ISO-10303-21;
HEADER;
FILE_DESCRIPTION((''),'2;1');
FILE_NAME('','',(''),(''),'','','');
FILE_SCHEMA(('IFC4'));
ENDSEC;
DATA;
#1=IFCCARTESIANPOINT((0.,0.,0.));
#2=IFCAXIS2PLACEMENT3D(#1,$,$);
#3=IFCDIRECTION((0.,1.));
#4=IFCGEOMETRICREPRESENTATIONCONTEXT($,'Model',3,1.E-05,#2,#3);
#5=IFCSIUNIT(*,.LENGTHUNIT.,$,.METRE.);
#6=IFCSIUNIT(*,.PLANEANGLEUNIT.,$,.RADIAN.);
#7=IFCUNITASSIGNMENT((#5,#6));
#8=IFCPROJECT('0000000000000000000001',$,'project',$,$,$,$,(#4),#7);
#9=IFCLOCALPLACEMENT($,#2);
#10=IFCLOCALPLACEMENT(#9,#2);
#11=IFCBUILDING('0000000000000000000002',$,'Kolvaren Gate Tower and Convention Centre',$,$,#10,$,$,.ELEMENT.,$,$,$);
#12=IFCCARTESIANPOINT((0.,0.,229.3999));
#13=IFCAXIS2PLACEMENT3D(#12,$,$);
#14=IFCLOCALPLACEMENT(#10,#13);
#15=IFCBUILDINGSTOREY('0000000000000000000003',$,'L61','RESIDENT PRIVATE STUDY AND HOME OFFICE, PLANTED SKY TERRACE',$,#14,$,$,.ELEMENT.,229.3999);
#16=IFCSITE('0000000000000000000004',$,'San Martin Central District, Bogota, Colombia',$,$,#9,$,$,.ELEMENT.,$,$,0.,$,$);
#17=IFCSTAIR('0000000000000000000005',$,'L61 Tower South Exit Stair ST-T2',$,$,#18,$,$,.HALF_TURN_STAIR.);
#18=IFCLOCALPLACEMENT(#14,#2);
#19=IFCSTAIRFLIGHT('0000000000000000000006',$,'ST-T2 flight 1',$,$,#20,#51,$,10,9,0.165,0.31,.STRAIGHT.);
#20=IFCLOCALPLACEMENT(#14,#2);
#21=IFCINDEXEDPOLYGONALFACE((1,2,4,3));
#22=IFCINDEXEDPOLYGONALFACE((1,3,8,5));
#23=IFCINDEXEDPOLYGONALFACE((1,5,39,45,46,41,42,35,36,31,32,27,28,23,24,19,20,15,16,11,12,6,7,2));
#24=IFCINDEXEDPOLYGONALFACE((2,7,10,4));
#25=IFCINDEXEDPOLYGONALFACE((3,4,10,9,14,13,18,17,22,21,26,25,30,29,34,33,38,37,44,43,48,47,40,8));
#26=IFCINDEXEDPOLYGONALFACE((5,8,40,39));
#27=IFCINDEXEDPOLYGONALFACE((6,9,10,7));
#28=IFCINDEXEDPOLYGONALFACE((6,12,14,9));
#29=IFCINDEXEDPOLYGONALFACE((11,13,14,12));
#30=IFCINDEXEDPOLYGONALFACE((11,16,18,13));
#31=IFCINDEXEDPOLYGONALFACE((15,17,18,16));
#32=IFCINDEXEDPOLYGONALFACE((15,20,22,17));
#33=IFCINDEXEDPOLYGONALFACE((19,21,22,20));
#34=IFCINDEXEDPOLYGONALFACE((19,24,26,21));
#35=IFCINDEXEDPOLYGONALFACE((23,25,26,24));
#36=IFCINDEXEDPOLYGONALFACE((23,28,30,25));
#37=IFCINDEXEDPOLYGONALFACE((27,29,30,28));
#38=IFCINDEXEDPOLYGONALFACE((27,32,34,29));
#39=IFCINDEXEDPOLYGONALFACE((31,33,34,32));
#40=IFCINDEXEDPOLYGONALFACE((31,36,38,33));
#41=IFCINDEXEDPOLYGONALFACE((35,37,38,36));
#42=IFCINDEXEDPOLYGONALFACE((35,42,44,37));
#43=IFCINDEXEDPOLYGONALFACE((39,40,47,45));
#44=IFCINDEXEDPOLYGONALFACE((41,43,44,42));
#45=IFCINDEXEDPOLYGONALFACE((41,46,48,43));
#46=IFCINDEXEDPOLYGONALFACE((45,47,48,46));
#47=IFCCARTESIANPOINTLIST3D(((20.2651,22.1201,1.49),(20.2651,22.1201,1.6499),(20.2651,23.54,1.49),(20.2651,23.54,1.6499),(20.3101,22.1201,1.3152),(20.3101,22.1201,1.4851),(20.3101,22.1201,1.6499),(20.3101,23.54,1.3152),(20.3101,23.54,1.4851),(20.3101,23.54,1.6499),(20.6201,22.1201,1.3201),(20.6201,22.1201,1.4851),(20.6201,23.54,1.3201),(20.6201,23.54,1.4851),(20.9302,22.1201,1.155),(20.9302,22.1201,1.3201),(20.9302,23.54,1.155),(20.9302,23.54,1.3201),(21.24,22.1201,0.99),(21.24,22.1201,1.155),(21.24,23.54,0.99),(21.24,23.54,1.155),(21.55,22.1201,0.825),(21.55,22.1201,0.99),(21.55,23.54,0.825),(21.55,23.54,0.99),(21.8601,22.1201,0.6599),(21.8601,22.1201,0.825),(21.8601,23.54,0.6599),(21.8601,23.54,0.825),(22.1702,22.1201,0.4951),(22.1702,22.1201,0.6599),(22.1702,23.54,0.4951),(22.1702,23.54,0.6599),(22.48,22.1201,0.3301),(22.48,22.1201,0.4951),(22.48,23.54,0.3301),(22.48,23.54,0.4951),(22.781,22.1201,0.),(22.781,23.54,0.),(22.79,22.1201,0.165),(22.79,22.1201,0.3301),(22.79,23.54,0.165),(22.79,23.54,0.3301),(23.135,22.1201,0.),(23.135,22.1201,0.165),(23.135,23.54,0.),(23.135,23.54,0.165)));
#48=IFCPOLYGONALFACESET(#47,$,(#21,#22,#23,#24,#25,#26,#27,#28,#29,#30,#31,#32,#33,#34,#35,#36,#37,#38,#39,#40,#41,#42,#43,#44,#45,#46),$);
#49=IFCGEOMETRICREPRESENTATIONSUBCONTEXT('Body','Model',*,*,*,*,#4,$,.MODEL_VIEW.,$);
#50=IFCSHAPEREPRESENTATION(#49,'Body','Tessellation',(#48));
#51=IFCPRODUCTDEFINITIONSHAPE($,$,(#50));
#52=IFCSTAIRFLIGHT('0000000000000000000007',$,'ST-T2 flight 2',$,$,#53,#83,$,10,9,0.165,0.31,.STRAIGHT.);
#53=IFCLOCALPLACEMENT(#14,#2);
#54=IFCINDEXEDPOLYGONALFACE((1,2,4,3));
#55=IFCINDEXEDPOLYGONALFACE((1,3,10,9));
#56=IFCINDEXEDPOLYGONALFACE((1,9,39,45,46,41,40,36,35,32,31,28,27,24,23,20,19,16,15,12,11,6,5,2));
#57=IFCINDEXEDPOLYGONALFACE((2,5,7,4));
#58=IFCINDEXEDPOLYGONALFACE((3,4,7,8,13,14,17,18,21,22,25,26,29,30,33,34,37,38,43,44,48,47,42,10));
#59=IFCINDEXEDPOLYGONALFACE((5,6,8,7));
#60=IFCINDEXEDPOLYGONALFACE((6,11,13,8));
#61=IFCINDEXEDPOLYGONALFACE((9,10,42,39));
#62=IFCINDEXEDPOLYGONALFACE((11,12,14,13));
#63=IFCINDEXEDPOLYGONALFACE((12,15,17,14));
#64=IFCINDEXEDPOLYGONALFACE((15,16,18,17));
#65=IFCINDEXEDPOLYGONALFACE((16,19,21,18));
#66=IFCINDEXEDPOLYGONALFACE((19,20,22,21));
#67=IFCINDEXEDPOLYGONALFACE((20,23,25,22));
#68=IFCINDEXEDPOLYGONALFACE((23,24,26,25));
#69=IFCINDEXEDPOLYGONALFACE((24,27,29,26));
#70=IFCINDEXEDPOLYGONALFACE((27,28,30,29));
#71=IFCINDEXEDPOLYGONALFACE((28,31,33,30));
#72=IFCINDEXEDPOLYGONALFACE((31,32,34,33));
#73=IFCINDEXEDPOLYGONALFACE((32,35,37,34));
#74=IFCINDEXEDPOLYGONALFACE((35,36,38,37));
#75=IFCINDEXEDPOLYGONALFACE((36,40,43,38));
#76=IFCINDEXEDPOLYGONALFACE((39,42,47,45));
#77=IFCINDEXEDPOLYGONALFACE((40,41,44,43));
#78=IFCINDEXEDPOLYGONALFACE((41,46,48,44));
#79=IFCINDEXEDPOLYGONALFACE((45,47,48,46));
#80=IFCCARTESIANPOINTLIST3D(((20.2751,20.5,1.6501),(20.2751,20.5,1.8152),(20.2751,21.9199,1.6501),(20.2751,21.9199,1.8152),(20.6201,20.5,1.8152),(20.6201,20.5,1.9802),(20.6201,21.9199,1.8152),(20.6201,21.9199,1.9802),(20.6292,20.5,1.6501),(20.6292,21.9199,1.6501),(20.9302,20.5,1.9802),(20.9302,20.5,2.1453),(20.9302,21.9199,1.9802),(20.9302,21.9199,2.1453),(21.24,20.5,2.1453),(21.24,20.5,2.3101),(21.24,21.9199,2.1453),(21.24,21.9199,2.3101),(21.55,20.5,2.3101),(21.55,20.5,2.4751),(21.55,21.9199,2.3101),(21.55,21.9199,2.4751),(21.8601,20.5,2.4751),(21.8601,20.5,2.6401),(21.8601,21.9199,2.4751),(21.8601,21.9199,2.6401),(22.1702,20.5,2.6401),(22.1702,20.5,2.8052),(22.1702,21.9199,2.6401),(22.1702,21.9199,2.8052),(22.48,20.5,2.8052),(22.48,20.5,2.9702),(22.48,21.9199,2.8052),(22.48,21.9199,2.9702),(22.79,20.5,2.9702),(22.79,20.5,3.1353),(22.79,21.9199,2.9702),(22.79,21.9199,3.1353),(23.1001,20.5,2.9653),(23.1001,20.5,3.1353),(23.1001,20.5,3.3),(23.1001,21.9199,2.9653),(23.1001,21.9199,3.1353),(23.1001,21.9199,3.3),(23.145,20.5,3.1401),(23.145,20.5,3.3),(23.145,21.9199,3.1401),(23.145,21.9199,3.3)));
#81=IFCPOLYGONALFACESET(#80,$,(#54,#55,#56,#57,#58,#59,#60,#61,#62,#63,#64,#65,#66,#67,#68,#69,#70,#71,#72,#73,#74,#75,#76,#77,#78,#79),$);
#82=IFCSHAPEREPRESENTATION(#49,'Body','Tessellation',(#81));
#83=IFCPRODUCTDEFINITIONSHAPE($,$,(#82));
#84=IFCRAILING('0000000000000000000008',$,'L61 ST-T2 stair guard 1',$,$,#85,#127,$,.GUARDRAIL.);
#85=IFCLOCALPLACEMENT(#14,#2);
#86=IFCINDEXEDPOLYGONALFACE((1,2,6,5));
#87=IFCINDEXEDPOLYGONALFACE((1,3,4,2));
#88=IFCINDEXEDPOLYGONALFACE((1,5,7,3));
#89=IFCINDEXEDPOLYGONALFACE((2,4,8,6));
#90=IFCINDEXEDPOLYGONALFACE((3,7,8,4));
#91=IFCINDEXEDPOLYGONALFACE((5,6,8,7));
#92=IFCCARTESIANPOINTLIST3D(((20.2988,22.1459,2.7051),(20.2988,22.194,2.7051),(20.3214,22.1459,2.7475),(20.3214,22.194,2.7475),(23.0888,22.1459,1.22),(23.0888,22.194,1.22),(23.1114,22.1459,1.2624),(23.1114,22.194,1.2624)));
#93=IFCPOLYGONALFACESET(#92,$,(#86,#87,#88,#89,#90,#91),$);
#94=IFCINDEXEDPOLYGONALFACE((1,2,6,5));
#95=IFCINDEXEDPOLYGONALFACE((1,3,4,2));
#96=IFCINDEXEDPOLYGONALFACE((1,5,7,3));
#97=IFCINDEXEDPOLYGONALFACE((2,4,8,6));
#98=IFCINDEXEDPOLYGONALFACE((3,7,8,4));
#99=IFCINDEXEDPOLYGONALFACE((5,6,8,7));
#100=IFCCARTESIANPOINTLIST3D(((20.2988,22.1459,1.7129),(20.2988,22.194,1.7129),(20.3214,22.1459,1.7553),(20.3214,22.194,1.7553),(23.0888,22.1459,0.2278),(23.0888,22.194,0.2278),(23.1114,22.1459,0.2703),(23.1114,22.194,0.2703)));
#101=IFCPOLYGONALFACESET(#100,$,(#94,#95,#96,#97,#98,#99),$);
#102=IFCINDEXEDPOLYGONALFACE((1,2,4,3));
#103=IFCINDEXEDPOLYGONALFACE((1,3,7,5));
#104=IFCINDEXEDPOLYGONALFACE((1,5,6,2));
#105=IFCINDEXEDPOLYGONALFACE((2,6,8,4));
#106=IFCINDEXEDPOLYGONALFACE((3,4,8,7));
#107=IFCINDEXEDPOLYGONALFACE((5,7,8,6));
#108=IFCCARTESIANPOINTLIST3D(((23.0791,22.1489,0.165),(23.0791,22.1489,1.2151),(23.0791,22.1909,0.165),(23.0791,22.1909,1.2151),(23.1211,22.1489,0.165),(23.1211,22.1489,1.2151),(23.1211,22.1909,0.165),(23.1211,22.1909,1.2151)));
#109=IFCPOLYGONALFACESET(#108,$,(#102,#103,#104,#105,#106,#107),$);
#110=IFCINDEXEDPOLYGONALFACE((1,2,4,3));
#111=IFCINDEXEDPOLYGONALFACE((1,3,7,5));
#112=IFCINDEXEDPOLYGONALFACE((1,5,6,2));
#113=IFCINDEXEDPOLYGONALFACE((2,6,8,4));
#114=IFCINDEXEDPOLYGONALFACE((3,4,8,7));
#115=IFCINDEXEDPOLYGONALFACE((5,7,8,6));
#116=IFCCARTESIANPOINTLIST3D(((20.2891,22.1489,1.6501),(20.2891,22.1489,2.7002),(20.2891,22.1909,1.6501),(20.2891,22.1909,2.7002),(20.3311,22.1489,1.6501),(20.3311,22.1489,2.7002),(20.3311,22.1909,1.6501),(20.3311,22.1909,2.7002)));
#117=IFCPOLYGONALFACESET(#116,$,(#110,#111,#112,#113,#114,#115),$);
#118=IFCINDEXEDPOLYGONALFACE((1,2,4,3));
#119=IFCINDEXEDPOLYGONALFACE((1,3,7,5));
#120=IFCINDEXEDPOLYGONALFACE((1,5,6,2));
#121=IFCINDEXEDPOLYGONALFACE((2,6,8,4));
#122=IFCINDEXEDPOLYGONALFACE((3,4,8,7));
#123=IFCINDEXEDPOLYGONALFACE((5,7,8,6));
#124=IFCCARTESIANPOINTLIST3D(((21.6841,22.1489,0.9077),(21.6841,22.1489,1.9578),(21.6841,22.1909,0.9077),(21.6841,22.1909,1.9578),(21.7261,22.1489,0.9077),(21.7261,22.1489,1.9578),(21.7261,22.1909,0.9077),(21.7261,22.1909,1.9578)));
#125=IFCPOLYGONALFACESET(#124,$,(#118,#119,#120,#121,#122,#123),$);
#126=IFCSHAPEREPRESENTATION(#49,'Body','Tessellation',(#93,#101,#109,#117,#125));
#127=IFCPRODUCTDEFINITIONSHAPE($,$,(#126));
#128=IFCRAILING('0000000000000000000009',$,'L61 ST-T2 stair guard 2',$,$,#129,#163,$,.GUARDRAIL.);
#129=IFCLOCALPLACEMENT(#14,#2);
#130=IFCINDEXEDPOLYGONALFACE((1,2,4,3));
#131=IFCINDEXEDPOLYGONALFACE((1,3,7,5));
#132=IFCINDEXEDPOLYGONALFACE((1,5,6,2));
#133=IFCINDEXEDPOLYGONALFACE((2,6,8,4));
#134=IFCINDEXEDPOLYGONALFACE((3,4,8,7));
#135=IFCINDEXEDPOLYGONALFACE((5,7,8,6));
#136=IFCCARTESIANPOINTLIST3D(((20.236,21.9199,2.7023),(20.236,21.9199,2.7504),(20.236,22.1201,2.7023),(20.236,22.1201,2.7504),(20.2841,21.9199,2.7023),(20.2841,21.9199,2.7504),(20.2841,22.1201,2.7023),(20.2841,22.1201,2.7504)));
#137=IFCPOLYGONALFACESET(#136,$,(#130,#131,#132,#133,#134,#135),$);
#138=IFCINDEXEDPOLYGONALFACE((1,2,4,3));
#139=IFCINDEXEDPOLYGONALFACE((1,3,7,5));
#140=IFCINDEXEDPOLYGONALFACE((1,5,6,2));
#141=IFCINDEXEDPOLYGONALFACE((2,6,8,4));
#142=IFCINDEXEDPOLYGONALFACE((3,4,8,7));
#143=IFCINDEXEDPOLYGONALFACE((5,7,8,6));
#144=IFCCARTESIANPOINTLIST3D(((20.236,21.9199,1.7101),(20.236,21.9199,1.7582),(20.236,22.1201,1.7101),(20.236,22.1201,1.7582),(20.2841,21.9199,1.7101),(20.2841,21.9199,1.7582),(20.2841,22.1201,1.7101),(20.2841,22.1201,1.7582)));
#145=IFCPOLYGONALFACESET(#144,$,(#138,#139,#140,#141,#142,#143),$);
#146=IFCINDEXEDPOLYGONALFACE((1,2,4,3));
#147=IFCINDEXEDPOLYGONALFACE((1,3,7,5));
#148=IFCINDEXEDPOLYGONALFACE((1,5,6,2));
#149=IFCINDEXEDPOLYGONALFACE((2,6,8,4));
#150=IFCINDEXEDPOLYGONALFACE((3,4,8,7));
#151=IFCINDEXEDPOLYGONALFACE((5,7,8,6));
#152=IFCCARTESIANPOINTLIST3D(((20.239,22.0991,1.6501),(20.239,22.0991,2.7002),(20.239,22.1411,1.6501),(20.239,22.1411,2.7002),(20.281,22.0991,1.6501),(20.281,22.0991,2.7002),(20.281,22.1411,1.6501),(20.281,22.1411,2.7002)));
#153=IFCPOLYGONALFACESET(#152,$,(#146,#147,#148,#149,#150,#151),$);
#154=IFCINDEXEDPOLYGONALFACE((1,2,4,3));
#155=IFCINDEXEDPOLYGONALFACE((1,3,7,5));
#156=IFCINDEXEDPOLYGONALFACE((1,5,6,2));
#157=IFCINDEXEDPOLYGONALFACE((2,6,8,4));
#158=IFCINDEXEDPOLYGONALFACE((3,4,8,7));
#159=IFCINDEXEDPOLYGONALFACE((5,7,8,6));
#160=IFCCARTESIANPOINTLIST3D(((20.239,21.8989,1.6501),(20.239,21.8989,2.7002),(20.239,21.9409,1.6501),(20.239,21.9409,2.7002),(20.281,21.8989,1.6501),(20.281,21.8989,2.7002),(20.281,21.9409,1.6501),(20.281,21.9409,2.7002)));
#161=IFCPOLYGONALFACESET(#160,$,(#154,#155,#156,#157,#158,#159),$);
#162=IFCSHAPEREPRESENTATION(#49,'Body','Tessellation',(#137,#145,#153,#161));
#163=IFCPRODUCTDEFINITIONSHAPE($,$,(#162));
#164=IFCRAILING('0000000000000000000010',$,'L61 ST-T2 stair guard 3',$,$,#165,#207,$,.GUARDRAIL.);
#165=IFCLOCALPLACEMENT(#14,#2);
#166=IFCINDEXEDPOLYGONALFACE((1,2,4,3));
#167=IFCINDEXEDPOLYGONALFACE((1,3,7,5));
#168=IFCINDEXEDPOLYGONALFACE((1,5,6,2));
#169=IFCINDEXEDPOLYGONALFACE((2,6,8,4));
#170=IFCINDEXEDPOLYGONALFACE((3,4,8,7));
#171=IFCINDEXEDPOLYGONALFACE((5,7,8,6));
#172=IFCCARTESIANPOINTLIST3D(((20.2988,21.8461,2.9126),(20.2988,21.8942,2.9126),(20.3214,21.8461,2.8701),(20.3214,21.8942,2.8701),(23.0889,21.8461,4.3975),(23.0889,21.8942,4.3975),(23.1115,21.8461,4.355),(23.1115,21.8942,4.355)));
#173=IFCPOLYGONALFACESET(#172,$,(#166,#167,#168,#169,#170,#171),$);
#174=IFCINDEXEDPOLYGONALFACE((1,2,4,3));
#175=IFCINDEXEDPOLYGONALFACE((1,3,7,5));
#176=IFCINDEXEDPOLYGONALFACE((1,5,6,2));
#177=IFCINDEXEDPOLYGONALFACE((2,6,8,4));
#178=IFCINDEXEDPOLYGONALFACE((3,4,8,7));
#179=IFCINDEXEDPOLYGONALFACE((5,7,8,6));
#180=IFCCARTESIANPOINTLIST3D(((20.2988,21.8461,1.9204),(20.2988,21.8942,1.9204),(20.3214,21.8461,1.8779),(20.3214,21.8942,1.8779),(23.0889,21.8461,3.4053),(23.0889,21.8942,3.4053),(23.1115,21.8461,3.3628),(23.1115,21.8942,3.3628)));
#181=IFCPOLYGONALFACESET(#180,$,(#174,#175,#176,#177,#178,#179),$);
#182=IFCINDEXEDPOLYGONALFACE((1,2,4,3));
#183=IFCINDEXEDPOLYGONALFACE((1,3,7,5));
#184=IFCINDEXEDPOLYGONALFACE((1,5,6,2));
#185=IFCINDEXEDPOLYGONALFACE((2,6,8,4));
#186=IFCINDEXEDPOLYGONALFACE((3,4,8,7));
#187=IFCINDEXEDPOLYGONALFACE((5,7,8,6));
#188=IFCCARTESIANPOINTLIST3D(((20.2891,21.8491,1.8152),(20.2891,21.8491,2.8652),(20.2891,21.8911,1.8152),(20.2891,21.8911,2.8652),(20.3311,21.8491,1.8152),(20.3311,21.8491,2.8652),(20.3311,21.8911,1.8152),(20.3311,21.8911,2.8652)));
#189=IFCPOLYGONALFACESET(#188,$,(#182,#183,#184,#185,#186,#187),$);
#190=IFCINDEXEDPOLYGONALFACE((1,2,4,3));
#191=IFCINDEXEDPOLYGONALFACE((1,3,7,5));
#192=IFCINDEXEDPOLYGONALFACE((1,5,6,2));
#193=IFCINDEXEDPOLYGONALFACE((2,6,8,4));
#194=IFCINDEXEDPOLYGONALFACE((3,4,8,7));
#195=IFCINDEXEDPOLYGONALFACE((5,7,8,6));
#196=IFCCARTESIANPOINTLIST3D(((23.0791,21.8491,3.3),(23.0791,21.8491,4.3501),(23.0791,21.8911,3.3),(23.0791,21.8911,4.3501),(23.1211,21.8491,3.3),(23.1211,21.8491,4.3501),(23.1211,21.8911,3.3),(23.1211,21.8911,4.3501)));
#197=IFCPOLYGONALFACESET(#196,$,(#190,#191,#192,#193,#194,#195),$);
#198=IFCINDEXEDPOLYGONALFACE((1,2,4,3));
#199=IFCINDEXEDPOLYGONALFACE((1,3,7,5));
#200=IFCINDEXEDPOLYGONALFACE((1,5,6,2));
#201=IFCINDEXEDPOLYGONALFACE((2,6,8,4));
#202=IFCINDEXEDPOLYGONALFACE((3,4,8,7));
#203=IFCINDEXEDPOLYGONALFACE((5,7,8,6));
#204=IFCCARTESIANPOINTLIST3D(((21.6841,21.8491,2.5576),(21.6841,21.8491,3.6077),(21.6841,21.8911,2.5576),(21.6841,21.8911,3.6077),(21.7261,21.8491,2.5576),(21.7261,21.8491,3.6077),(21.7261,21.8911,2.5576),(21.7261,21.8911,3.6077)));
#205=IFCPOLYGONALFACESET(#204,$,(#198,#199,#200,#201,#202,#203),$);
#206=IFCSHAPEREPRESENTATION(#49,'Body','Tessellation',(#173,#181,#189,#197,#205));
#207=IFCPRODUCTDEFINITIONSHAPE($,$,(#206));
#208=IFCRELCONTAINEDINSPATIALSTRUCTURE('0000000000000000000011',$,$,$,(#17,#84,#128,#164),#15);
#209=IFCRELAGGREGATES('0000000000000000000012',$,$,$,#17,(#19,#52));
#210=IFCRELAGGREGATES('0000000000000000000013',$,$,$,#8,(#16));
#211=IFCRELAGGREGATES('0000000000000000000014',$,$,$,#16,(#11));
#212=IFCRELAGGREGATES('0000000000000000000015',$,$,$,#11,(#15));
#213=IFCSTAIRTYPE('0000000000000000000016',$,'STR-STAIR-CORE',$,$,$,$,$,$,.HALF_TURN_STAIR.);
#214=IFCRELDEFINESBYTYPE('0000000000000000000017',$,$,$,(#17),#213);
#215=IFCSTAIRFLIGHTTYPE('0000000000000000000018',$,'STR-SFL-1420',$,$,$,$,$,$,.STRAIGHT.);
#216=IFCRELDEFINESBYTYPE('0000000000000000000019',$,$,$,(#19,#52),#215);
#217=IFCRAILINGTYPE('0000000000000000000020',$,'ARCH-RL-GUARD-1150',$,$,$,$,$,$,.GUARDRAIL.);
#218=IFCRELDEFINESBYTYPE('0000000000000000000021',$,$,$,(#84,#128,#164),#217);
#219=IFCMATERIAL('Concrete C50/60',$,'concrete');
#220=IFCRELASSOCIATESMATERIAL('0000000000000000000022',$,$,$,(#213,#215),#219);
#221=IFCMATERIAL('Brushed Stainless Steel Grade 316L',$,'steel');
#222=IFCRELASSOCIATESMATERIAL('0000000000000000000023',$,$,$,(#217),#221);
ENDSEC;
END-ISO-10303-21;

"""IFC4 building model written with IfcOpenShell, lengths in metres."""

from ifc_helpers import new_model, si_unit, direction, frame, origin, origin_2d, place, context, subcontext, project, spatial, polyline, rectangle, outline, extrude, material, type_object, element, aggregate, save


model = new_model("IFC4")

# Units and contexts
model_context = context("Model", 3, precision=1e-05, world=origin(), true_north=direction((0.0, 1.0)))
body_context = subcontext(model_context, "Body", "Model", "MODEL_VIEW")
ifc_project = project(units=[si_unit("LENGTHUNIT", "METRE"), si_unit("PLANEANGLEUNIT", "RADIAN")], contexts=[model_context])

# Site, building, storey
site_placement = place(None, origin())
site = spatial("IfcSite", under=ifc_project, at=site_placement, Name="San Martin Central District, Bogota, Colombia", CompositionType="ELEMENT", RefElevation=0.0)
building_placement = place(site_placement, origin())
building = spatial("IfcBuilding", under=site, at=building_placement, Name="Kolvaren Gate Tower and Convention Centre", CompositionType="ELEMENT")
storey_placement = place(building_placement, frame((0.0, 0.0, 229.3999)))
storey = spatial("IfcBuildingStorey", under=building, at=storey_placement, Name="L61", Description="RESIDENT PRIVATE STUDY AND HOME OFFICE, PLANTED SKY TERRACE", CompositionType="ELEMENT", Elevation=229.3999)

# Shared definitions
ifc_material_1 = material(Name="Concrete C50/60", Category="concrete")

# Stair, stair flights
stair_type = type_object("IfcStairType", Name="STR-STAIR-CORE", PredefinedType="HALF_TURN_STAIR", material=ifc_material_1)
stair_placement = place(storey_placement, origin())
stair = element("IfcStair", 1, at=stair_placement, inside=storey, type_object=stair_type, Name="L61 Tower South Exit Stair ST-T2", PredefinedType="HALF_TURN_STAIR")
stair_flight_type = type_object("IfcStairFlightType", Name="STR-SFL-1420", PredefinedType="STRAIGHT", material=ifc_material_1)
stair_flight_1_placement = place(storey_placement, frame((23.1001, 22.8301, 0.0), z_axis=(0.0, 0.0, 1.0), x_axis=(-1.0, 0.0, 0.0)))
stair_flight_1 = element("IfcStairFlight", 2, at=stair_flight_1_placement, type_object=stair_flight_type, Name="ST-T2 flight 1", NumberOfRisers=10, NumberOfTreads=9, PredefinedType="STRAIGHT", RiserHeight=0.165, TreadLength=0.31, context=body_context, shape_type="SweptSolid", body=[
    extrude(outline(polyline([(-0.0349, 0.0), (-0.0349, 0.165), (0.3101, 0.165), (0.3101, 0.3301), (0.6201, 0.3301), (0.6201, 0.4951), (0.9299, 0.4951), (0.9299, 0.6599), (1.24, 0.6599), (1.24, 0.825), (1.55, 0.825), (1.55, 0.99), (1.8601, 0.99), (1.8601, 1.155), (2.1699, 1.155), (2.1699, 1.3201), (2.48, 1.3201), (2.48, 1.4851), (2.79, 1.4851), (2.79, 1.6499), (2.835, 1.6499), (2.835, 1.49), (2.79, 1.3152), (0.3191, 0.0), (-0.0349, 0.0)])), frame((0.0, 0.71, 0.0), z_axis=(0.0, -1.0, 0.0), x_axis=(1.0, 0.0, 0.0)), (0.0, 0.0, 1.0), 1.4199),
])
stair_flight_2_placement = place(storey_placement, frame((20.3101, 21.21, 1.6501), z_axis=(0.0, 0.0, 1.0), x_axis=(1.0, 0.0, 0.0)))
stair_flight_2 = element("IfcStairFlight", 3, at=stair_flight_2_placement, type_object=stair_flight_type, Name="ST-T2 flight 2", NumberOfRisers=10, NumberOfTreads=9, PredefinedType="STRAIGHT", RiserHeight=0.165, TreadLength=0.31, context=body_context, shape_type="SweptSolid", body=[
    extrude(outline(polyline([(-0.0349, 0.0), (-0.0349, 0.165), (0.3101, 0.165), (0.3101, 0.3301), (0.6201, 0.3301), (0.6201, 0.4951), (0.9299, 0.4951), (0.9299, 0.6599), (1.24, 0.6599), (1.24, 0.825), (1.55, 0.825), (1.55, 0.99), (1.8601, 0.99), (1.8601, 1.155), (2.1699, 1.155), (2.1699, 1.3201), (2.48, 1.3201), (2.48, 1.4851), (2.79, 1.4851), (2.79, 1.6499), (2.835, 1.6499), (2.835, 1.49), (2.79, 1.3152), (0.3191, 0.0), (-0.0349, 0.0)])), frame((0.0, 0.71, 0.0), z_axis=(0.0, -1.0, 0.0), x_axis=(1.0, 0.0, 0.0)), (0.0, 0.0, 1.0), 1.4199),
])
aggregate(stair, [stair_flight_1, stair_flight_2])

# Railings
ifc_material_2 = material(Name="Brushed Stainless Steel Grade 316L", Category="steel")
railing_type_1 = type_object("IfcRailingType", Name="ARCH-RL-GUARD-1150", PredefinedType="GUARDRAIL", material=ifc_material_2)
railing_1_placement = place(storey_placement, frame((23.1001, 22.1699, 0.165)))
element("IfcRailing", 4, at=railing_1_placement, inside=storey, type_object=railing_type_1, Name="L61 ST-T2 stair guard 1", PredefinedType="GUARDRAIL", context=body_context, shape_type="SweptSolid", body=[
    extrude(rectangle(XDim=0.0481, YDim=0.0481, at=origin_2d()), frame((0.0, 0.0, 1.0762), z_axis=(-0.882735, 0.0, 0.46987), x_axis=(0.0, -1.0, 0.0)), (0.0, 0.0, 1.0), 3.1606),
    extrude(rectangle(XDim=0.0481, YDim=0.0481, at=origin_2d()), frame((0.0, 0.0, 0.084), z_axis=(-0.882735, 0.0, 0.46987), x_axis=(0.0, -1.0, 0.0)), (0.0, 0.0, 1.0), 3.1606),
    extrude(rectangle(XDim=0.042, YDim=0.042, at=origin_2d()), origin(), (0.0, 0.0, 1.0), 1.05),
    extrude(rectangle(XDim=0.042, YDim=0.042, at=origin_2d()), frame((-2.79, 0.0, 1.4851)), (0.0, 0.0, 1.0), 1.05),
    extrude(rectangle(XDim=0.042, YDim=0.042, at=origin_2d()), frame((-1.395, 0.0, 0.7427)), (0.0, 0.0, 1.0), 1.05),
])
railing_2_placement = place(storey_placement, frame((20.26, 22.1201, 1.6501)))
element("IfcRailing", 5, at=railing_2_placement, inside=storey, type_object=railing_type_1, Name="L61 ST-T2 stair guard 2", PredefinedType="GUARDRAIL", context=body_context, shape_type="SweptSolid", body=[
    extrude(rectangle(XDim=0.0481, YDim=0.0481, at=origin_2d()), frame((0.0, 0.0, 1.0762), z_axis=(0.0, -1.0, 0.0), x_axis=(1.0, 0.0, 0.0)), (0.0, 0.0, 1.0), 0.2002),
    extrude(rectangle(XDim=0.0481, YDim=0.0481, at=origin_2d()), frame((0.0, 0.0, 0.084), z_axis=(0.0, -1.0, 0.0), x_axis=(1.0, 0.0, 0.0)), (0.0, 0.0, 1.0), 0.2002),
    extrude(rectangle(XDim=0.042, YDim=0.042, at=origin_2d()), origin(), (0.0, 0.0, 1.0), 1.05),
    extrude(rectangle(XDim=0.042, YDim=0.042, at=origin_2d()), frame((0.0, -0.2002, 0.0)), (0.0, 0.0, 1.0), 1.05),
])
railing_3_placement = place(storey_placement, frame((20.3101, 21.8701, 1.8152)))
element("IfcRailing", 6, at=railing_3_placement, inside=storey, type_object=railing_type_1, Name="L61 ST-T2 stair guard 3", PredefinedType="GUARDRAIL", context=body_context, shape_type="SweptSolid", body=[
    extrude(rectangle(XDim=0.0481, YDim=0.0481, at=origin_2d()), frame((0.0, 0.0, 1.0762), z_axis=(0.882767, 0.0, 0.46981), x_axis=(0.0, 1.0, 0.0)), (0.0, 0.0, 1.0), 3.1606),
    extrude(rectangle(XDim=0.0481, YDim=0.0481, at=origin_2d()), frame((0.0, 0.0, 0.084), z_axis=(0.882767, 0.0, 0.46981), x_axis=(0.0, 1.0, 0.0)), (0.0, 0.0, 1.0), 3.1606),
    extrude(rectangle(XDim=0.042, YDim=0.042, at=origin_2d()), origin(), (0.0, 0.0, 1.0), 1.05),
    extrude(rectangle(XDim=0.042, YDim=0.042, at=origin_2d()), frame((2.79, 0.0, 1.4849)), (0.0, 0.0, 1.0), 1.05),
    extrude(rectangle(XDim=0.042, YDim=0.042, at=origin_2d()), frame((1.395, 0.0, 0.7424)), (0.0, 0.0, 1.0), 1.05),
])

save(model, "model.ifc")
